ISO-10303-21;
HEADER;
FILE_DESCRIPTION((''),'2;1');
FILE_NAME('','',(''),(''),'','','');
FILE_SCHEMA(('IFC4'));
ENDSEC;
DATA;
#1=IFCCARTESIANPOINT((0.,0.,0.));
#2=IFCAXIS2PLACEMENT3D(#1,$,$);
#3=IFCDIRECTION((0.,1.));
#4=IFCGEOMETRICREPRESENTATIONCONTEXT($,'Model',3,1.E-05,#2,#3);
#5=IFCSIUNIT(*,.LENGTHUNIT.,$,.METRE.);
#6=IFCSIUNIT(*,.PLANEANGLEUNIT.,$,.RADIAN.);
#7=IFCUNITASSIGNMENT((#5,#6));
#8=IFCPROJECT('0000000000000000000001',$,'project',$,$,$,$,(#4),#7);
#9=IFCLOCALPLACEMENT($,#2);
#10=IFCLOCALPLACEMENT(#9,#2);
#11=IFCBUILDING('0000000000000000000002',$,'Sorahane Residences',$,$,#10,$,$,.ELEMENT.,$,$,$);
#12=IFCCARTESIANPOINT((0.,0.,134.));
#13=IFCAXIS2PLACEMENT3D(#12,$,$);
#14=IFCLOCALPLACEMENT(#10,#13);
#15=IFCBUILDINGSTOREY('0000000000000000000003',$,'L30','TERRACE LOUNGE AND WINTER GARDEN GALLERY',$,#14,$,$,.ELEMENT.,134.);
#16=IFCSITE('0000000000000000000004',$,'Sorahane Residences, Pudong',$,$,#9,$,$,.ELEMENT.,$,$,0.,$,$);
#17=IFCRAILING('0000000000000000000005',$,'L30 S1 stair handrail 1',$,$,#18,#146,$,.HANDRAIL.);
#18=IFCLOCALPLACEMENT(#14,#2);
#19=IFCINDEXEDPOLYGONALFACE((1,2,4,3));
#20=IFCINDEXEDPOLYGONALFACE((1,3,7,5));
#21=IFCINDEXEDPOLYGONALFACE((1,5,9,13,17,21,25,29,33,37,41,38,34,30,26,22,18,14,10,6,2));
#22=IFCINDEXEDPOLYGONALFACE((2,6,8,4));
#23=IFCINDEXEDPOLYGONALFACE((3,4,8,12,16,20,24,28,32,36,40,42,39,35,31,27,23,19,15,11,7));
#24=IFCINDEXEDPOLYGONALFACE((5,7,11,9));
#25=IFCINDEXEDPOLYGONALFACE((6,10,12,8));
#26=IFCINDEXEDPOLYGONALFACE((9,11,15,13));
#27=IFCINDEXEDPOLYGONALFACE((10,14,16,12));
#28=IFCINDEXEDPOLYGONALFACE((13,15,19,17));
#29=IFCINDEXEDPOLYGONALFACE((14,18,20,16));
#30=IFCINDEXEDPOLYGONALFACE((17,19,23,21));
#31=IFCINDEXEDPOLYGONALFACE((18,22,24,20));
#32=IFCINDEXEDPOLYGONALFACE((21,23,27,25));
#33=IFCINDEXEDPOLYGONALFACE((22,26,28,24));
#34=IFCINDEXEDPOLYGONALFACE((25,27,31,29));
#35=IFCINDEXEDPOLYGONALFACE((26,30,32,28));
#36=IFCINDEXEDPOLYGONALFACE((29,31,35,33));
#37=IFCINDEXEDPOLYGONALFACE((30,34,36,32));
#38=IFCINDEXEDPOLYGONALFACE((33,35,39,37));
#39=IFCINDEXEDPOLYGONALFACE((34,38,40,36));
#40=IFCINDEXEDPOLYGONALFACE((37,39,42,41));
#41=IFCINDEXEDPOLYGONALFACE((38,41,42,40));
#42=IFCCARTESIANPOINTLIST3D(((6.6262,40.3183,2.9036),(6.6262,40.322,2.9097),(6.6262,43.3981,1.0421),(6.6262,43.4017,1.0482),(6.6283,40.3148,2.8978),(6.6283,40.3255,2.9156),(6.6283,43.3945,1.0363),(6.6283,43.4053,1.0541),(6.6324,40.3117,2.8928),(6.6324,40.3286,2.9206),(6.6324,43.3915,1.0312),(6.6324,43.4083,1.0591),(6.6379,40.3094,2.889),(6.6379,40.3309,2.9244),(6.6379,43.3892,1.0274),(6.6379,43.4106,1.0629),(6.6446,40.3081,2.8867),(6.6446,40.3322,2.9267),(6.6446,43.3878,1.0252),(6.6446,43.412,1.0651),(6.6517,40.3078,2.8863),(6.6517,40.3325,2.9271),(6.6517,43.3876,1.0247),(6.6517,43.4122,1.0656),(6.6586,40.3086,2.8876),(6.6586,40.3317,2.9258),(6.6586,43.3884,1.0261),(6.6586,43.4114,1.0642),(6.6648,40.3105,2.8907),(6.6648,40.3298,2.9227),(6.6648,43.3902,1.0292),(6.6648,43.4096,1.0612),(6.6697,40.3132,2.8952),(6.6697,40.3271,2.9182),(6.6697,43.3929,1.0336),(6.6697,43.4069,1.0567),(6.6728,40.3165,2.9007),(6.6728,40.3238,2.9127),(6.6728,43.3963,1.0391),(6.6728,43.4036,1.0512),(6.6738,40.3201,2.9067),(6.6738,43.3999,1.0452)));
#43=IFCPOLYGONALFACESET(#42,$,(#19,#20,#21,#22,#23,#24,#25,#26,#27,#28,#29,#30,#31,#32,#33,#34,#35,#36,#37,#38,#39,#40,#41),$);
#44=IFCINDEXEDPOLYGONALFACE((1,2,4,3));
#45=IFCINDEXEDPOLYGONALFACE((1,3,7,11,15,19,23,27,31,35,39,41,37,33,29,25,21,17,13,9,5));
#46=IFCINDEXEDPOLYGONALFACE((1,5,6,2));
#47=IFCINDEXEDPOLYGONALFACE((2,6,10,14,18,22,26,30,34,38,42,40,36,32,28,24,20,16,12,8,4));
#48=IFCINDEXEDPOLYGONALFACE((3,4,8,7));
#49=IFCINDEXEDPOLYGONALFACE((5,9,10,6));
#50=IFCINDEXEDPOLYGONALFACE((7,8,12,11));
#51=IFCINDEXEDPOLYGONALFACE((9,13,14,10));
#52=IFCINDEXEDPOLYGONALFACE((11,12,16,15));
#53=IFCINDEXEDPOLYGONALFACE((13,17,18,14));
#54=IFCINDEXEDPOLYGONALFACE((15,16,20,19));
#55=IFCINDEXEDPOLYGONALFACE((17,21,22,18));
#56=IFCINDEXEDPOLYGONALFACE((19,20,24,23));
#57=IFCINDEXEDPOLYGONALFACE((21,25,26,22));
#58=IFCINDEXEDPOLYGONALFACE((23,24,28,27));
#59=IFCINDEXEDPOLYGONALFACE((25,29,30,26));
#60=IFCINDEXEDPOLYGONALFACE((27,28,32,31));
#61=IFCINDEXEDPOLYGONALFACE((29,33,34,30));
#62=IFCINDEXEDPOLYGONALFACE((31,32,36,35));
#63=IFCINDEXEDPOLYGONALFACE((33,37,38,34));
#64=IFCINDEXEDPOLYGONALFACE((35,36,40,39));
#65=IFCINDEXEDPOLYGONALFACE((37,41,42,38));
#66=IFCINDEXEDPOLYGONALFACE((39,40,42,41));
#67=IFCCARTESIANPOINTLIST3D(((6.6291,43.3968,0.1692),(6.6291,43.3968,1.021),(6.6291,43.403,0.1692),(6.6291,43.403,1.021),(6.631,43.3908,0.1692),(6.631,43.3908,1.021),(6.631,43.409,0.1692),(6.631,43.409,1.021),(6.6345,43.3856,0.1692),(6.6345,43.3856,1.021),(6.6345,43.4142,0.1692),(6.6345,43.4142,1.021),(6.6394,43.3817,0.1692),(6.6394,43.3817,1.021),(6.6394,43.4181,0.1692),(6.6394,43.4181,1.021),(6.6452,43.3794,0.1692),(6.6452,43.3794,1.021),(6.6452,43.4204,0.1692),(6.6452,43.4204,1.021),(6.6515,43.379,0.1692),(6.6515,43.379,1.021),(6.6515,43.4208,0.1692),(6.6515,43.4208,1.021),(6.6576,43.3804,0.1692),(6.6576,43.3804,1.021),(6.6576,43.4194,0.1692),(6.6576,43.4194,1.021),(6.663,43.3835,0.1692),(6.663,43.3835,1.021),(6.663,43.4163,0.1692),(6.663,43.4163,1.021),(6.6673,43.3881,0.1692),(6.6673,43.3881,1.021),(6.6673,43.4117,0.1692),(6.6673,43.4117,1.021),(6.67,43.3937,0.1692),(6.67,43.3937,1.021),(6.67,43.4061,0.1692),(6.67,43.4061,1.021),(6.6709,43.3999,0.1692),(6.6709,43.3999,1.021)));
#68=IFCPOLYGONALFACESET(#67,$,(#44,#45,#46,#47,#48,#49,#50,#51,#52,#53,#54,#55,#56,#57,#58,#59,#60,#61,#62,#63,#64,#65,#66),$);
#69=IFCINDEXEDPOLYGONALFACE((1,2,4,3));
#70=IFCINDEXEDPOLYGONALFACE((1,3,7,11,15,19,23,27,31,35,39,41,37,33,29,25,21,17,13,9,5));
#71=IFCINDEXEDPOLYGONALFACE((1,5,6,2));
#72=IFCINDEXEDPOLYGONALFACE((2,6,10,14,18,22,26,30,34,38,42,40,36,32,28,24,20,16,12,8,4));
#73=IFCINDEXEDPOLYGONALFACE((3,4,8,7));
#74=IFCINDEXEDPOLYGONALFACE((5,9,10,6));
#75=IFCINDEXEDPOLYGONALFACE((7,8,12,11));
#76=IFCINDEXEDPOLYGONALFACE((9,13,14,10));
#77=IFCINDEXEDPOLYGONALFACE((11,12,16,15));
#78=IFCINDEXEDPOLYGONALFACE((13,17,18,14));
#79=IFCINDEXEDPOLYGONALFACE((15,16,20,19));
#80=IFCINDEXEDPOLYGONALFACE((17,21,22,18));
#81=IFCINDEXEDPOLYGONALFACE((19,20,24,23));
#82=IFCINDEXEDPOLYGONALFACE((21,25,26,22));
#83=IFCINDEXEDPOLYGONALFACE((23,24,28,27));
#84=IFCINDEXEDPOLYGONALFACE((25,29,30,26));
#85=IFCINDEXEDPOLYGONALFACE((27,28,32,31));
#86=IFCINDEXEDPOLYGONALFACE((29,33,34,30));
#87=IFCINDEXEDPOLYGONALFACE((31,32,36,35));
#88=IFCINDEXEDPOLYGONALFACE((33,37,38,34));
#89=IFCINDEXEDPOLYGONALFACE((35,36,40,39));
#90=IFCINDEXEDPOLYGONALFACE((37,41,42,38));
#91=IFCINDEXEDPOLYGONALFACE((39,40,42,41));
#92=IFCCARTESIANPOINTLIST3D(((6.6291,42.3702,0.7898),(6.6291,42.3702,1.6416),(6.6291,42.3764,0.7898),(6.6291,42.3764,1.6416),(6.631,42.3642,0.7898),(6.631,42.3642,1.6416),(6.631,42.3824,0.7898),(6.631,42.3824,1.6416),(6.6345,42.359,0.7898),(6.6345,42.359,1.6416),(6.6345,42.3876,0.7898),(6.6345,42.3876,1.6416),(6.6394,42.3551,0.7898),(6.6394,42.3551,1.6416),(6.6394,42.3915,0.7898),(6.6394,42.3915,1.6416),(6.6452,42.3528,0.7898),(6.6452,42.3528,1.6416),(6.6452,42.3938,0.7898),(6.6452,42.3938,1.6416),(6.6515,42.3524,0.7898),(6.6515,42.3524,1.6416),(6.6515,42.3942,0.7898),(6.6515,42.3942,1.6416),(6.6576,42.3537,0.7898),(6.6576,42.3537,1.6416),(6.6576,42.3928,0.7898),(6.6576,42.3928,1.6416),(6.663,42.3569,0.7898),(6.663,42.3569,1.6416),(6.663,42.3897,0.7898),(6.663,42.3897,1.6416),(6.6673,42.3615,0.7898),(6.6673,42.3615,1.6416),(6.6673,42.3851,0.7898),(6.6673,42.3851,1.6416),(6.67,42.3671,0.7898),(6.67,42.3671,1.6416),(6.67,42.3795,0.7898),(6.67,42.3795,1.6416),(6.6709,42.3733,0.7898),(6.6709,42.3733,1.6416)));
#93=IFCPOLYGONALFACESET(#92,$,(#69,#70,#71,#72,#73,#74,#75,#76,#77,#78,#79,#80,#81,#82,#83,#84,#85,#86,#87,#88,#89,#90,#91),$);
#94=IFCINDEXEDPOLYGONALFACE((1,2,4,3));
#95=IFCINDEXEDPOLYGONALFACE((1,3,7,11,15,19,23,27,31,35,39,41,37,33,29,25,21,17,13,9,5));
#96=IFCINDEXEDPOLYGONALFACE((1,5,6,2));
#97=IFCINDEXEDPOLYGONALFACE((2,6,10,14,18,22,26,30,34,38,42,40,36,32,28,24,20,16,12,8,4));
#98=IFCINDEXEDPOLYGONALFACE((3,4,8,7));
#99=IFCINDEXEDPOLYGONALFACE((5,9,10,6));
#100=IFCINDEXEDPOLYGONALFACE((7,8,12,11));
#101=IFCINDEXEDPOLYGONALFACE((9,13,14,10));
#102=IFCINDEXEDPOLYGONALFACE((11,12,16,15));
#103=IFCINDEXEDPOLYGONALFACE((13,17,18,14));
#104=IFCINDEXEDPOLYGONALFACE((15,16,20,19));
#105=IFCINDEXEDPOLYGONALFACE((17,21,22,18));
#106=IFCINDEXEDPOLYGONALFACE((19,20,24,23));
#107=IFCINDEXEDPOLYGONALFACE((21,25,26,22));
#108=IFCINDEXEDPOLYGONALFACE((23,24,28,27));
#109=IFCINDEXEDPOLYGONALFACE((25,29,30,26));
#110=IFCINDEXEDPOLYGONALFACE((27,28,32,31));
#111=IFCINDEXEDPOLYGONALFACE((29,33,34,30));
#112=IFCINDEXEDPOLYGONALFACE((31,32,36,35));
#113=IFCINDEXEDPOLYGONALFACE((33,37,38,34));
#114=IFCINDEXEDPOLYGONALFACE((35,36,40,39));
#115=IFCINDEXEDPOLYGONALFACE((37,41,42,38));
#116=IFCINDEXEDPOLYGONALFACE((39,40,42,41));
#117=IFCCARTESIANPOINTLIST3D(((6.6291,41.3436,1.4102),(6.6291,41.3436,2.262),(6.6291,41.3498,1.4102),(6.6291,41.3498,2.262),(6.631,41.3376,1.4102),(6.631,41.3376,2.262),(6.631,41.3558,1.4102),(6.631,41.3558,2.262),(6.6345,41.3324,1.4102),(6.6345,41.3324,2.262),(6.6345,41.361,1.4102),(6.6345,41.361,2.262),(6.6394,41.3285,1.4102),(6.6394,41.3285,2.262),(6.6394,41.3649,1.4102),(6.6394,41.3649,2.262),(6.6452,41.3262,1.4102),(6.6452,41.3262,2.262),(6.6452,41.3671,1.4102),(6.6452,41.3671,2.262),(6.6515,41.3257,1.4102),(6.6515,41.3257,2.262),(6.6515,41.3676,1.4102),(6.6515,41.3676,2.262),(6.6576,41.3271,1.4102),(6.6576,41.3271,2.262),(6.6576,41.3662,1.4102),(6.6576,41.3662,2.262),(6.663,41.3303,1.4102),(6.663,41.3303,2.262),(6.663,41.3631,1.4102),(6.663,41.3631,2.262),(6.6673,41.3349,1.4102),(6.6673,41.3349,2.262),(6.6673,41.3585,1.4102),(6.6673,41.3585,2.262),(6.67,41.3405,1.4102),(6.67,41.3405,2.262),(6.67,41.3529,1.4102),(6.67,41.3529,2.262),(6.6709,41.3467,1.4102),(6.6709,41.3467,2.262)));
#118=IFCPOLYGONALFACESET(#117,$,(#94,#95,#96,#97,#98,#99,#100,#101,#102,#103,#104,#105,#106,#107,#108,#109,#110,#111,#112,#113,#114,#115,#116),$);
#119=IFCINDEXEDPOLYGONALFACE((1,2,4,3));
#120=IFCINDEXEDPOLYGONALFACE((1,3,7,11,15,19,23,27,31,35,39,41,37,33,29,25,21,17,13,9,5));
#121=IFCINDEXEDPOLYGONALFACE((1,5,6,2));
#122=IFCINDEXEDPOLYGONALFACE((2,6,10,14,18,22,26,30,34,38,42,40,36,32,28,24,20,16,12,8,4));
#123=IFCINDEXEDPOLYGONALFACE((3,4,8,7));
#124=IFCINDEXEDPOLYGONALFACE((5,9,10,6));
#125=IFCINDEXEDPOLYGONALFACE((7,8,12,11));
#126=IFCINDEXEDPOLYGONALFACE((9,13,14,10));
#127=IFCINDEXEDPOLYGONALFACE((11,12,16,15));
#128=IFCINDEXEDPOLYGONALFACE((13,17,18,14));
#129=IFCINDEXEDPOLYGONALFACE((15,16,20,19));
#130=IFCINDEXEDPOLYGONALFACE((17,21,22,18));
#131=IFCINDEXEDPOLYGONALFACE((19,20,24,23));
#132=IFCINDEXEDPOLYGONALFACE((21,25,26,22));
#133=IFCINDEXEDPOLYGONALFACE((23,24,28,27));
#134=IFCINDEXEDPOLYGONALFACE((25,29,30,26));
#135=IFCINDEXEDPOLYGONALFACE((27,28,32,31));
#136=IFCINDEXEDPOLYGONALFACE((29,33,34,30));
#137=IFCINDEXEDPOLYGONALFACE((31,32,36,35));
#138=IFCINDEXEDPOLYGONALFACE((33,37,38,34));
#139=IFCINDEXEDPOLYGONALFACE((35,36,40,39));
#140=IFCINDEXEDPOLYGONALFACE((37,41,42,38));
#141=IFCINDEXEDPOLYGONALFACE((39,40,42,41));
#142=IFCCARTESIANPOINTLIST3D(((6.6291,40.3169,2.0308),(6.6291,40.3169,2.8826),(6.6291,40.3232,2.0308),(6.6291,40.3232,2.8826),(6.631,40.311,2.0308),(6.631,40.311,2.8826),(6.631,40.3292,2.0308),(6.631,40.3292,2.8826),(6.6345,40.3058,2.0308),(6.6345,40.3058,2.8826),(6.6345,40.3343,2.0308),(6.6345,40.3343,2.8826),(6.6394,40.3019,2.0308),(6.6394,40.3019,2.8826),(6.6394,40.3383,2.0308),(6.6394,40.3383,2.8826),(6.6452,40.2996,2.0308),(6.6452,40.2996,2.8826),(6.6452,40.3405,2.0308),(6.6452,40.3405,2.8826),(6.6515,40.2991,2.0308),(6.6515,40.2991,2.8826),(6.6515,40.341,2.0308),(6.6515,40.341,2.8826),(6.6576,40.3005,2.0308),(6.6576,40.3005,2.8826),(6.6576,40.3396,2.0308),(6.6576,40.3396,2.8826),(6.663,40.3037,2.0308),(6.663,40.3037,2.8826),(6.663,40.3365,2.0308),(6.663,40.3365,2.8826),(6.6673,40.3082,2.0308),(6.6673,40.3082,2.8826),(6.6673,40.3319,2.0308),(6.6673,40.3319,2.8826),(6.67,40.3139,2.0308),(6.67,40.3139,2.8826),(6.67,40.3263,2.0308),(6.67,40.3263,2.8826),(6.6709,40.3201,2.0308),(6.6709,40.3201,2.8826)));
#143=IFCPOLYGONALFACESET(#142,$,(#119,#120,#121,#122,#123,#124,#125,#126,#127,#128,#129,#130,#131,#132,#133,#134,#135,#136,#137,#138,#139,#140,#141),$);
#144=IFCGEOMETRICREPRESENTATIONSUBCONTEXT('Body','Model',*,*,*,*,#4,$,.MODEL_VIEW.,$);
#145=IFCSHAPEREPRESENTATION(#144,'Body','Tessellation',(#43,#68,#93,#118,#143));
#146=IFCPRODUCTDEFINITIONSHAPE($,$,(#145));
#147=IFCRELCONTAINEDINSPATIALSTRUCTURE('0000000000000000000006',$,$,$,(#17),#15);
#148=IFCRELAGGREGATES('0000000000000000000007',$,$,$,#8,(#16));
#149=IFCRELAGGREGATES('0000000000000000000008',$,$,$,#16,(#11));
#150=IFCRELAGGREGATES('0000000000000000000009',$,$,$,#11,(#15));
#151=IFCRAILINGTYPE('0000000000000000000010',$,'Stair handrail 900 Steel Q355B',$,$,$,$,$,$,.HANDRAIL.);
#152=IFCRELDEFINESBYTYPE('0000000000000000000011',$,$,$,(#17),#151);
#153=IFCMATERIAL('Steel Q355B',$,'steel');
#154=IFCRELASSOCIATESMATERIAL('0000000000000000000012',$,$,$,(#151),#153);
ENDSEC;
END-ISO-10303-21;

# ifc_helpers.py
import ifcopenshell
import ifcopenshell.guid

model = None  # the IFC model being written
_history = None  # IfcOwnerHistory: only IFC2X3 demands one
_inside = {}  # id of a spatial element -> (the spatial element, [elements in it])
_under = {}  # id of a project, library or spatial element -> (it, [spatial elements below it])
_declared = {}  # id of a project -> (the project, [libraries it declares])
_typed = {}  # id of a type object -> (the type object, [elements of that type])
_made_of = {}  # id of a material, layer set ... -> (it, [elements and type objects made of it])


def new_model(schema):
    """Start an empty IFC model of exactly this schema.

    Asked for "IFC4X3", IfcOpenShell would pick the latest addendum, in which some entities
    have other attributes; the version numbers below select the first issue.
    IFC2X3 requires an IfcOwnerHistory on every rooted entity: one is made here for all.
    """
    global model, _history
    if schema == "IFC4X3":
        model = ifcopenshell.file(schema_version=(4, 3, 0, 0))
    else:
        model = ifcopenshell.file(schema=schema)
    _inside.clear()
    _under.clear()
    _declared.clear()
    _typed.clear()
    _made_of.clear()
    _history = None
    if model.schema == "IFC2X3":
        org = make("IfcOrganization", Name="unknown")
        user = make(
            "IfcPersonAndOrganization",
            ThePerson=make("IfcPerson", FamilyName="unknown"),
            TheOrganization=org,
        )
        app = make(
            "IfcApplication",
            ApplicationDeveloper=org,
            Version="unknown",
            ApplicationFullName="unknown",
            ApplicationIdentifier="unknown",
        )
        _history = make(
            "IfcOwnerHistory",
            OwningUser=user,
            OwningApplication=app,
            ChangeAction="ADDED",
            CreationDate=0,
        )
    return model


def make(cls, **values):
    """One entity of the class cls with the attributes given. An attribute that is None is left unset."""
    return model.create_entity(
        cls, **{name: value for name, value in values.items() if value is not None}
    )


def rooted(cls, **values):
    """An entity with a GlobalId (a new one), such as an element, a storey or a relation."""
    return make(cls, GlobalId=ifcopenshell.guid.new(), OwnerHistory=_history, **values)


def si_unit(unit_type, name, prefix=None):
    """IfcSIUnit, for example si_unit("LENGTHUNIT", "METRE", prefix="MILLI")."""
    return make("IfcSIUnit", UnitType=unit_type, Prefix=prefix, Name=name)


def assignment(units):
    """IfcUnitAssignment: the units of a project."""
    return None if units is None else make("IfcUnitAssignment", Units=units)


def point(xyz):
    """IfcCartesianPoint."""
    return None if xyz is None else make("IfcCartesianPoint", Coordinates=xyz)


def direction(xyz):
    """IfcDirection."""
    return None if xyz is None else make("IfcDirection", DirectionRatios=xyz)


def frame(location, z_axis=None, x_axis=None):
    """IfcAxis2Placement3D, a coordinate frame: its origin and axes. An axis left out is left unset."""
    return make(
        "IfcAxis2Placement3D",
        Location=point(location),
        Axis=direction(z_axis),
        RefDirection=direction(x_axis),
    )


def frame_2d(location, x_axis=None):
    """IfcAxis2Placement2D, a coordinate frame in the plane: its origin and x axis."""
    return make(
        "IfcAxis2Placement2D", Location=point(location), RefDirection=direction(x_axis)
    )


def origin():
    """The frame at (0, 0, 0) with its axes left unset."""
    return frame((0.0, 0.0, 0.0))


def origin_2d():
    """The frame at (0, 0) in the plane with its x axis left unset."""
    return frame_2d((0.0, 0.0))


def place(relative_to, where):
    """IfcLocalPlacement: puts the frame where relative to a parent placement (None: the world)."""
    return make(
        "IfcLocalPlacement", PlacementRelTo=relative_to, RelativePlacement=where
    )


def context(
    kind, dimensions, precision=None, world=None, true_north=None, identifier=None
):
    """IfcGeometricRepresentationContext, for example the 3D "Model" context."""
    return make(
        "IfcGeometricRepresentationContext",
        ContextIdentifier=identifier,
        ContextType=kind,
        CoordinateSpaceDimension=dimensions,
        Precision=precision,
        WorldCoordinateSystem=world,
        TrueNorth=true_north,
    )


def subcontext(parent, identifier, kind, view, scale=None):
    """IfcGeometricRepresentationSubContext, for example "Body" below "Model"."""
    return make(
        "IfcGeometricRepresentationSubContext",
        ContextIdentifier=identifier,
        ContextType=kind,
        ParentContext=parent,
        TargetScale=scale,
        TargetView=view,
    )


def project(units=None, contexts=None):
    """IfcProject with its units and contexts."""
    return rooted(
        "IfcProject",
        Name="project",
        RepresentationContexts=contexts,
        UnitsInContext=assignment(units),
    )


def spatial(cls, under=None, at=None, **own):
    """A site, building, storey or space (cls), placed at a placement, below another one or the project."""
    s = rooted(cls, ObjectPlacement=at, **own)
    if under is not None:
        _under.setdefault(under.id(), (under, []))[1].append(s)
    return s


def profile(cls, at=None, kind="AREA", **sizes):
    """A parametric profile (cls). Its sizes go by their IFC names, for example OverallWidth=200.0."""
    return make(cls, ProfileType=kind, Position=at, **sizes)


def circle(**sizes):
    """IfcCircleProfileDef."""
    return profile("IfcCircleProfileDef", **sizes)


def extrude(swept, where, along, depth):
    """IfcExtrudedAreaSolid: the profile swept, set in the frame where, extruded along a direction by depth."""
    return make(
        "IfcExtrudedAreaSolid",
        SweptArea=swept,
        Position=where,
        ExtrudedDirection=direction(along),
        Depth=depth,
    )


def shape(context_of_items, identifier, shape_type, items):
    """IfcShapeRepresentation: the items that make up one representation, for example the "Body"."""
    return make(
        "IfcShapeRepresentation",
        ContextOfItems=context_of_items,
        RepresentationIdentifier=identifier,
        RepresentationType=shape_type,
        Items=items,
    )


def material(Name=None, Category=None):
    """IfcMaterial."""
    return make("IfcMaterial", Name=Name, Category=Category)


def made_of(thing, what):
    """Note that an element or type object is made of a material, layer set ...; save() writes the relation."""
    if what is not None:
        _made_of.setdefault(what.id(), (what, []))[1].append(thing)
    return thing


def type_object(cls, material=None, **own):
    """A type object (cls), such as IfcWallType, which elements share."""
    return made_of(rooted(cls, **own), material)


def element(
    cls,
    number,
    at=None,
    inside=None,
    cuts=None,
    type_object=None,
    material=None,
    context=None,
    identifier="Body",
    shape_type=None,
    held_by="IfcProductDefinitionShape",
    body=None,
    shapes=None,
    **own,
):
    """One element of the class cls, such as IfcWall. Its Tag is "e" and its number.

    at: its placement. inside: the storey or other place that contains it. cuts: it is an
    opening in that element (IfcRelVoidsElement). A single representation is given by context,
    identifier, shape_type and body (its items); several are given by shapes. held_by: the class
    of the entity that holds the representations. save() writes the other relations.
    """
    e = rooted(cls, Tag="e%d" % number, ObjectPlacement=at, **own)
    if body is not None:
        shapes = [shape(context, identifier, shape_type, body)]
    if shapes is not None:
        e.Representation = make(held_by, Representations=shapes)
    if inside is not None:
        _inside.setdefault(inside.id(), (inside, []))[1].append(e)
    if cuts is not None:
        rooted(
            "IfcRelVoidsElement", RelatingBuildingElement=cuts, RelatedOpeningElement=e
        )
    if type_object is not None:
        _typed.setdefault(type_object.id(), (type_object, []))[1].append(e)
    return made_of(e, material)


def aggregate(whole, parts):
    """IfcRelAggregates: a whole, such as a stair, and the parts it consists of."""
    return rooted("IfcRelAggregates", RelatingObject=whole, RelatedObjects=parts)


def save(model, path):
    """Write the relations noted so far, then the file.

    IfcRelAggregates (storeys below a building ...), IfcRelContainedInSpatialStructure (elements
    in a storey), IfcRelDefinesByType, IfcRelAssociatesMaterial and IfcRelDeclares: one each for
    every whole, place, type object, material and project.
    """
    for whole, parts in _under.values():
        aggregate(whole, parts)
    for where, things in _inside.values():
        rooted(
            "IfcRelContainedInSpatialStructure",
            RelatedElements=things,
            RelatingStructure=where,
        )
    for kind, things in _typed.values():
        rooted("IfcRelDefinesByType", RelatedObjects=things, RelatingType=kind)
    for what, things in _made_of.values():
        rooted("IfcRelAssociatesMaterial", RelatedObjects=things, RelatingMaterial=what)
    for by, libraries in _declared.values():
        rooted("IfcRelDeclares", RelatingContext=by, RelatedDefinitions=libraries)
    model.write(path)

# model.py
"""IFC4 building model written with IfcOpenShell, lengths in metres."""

from ifc_helpers import new_model, si_unit, direction, frame, origin, origin_2d, place, context, subcontext, project, spatial, circle, extrude, material, type_object, element, save


model = new_model("IFC4")

# Units and contexts
model_context = context("Model", 3, precision=1e-05, world=origin(), true_north=direction((0.0, 1.0)))
body_context = subcontext(model_context, "Body", "Model", "MODEL_VIEW")
ifc_project = project(units=[si_unit("LENGTHUNIT", "METRE"), si_unit("PLANEANGLEUNIT", "RADIAN")], contexts=[model_context])

# Site, building, storey
site_placement = place(None, origin())
site = spatial("IfcSite", under=ifc_project, at=site_placement, Name="Sorahane Residences, Pudong", CompositionType="ELEMENT", RefElevation=0.0)
building_placement = place(site_placement, origin())
building = spatial("IfcBuilding", under=site, at=building_placement, Name="Sorahane Residences", CompositionType="ELEMENT")
storey_placement = place(building_placement, frame((0.0, 0.0, 134.0)))
storey = spatial("IfcBuildingStorey", under=building, at=storey_placement, Name="L30", Description="TERRACE LOUNGE AND WINTER GARDEN GALLERY", CompositionType="ELEMENT", Elevation=134.0)

# Railing
ifc_material_1 = material(Name="Steel Q355B", Category="steel")
railing_type_1 = type_object("IfcRailingType", Name="Stair handrail 900 Steel Q355B", PredefinedType="HANDRAIL", material=ifc_material_1)
for number, where, name in (
    (1, (6.6499, 43.3999, 0.1692), "L30 S1 stair handrail 1"),
):
    element("IfcRailing", number, at=place(storey_placement, frame(where)), inside=storey, type_object=railing_type_1, Name=name, PredefinedType="HANDRAIL", context=body_context, shape_type="SweptSolid", body=[
        extrude(circle(Radius=0.0239, at=origin_2d()), frame((0.0, 0.0, 0.876), z_axis=(0.0, -0.855812, 0.517286), x_axis=(1.0, 0.0, 0.0)), (0.0, 0.0, 1.0), 3.5986),
        extrude(circle(Radius=0.021, at=origin_2d()), origin(), (0.0, 0.0, 1.0), 0.8518),
        extrude(circle(Radius=0.021, at=origin_2d()), frame((0.0, -1.0266, 0.6206)), (0.0, 0.0, 1.0), 0.8518),
        extrude(circle(Radius=0.021, at=origin_2d()), frame((0.0, -2.0532, 1.241)), (0.0, 0.0, 1.0), 0.8518),
        extrude(circle(Radius=0.021, at=origin_2d()), frame((0.0, -3.0798, 1.8616)), (0.0, 0.0, 1.0), 0.8518),
    ])

save(model, "model.ifc")
